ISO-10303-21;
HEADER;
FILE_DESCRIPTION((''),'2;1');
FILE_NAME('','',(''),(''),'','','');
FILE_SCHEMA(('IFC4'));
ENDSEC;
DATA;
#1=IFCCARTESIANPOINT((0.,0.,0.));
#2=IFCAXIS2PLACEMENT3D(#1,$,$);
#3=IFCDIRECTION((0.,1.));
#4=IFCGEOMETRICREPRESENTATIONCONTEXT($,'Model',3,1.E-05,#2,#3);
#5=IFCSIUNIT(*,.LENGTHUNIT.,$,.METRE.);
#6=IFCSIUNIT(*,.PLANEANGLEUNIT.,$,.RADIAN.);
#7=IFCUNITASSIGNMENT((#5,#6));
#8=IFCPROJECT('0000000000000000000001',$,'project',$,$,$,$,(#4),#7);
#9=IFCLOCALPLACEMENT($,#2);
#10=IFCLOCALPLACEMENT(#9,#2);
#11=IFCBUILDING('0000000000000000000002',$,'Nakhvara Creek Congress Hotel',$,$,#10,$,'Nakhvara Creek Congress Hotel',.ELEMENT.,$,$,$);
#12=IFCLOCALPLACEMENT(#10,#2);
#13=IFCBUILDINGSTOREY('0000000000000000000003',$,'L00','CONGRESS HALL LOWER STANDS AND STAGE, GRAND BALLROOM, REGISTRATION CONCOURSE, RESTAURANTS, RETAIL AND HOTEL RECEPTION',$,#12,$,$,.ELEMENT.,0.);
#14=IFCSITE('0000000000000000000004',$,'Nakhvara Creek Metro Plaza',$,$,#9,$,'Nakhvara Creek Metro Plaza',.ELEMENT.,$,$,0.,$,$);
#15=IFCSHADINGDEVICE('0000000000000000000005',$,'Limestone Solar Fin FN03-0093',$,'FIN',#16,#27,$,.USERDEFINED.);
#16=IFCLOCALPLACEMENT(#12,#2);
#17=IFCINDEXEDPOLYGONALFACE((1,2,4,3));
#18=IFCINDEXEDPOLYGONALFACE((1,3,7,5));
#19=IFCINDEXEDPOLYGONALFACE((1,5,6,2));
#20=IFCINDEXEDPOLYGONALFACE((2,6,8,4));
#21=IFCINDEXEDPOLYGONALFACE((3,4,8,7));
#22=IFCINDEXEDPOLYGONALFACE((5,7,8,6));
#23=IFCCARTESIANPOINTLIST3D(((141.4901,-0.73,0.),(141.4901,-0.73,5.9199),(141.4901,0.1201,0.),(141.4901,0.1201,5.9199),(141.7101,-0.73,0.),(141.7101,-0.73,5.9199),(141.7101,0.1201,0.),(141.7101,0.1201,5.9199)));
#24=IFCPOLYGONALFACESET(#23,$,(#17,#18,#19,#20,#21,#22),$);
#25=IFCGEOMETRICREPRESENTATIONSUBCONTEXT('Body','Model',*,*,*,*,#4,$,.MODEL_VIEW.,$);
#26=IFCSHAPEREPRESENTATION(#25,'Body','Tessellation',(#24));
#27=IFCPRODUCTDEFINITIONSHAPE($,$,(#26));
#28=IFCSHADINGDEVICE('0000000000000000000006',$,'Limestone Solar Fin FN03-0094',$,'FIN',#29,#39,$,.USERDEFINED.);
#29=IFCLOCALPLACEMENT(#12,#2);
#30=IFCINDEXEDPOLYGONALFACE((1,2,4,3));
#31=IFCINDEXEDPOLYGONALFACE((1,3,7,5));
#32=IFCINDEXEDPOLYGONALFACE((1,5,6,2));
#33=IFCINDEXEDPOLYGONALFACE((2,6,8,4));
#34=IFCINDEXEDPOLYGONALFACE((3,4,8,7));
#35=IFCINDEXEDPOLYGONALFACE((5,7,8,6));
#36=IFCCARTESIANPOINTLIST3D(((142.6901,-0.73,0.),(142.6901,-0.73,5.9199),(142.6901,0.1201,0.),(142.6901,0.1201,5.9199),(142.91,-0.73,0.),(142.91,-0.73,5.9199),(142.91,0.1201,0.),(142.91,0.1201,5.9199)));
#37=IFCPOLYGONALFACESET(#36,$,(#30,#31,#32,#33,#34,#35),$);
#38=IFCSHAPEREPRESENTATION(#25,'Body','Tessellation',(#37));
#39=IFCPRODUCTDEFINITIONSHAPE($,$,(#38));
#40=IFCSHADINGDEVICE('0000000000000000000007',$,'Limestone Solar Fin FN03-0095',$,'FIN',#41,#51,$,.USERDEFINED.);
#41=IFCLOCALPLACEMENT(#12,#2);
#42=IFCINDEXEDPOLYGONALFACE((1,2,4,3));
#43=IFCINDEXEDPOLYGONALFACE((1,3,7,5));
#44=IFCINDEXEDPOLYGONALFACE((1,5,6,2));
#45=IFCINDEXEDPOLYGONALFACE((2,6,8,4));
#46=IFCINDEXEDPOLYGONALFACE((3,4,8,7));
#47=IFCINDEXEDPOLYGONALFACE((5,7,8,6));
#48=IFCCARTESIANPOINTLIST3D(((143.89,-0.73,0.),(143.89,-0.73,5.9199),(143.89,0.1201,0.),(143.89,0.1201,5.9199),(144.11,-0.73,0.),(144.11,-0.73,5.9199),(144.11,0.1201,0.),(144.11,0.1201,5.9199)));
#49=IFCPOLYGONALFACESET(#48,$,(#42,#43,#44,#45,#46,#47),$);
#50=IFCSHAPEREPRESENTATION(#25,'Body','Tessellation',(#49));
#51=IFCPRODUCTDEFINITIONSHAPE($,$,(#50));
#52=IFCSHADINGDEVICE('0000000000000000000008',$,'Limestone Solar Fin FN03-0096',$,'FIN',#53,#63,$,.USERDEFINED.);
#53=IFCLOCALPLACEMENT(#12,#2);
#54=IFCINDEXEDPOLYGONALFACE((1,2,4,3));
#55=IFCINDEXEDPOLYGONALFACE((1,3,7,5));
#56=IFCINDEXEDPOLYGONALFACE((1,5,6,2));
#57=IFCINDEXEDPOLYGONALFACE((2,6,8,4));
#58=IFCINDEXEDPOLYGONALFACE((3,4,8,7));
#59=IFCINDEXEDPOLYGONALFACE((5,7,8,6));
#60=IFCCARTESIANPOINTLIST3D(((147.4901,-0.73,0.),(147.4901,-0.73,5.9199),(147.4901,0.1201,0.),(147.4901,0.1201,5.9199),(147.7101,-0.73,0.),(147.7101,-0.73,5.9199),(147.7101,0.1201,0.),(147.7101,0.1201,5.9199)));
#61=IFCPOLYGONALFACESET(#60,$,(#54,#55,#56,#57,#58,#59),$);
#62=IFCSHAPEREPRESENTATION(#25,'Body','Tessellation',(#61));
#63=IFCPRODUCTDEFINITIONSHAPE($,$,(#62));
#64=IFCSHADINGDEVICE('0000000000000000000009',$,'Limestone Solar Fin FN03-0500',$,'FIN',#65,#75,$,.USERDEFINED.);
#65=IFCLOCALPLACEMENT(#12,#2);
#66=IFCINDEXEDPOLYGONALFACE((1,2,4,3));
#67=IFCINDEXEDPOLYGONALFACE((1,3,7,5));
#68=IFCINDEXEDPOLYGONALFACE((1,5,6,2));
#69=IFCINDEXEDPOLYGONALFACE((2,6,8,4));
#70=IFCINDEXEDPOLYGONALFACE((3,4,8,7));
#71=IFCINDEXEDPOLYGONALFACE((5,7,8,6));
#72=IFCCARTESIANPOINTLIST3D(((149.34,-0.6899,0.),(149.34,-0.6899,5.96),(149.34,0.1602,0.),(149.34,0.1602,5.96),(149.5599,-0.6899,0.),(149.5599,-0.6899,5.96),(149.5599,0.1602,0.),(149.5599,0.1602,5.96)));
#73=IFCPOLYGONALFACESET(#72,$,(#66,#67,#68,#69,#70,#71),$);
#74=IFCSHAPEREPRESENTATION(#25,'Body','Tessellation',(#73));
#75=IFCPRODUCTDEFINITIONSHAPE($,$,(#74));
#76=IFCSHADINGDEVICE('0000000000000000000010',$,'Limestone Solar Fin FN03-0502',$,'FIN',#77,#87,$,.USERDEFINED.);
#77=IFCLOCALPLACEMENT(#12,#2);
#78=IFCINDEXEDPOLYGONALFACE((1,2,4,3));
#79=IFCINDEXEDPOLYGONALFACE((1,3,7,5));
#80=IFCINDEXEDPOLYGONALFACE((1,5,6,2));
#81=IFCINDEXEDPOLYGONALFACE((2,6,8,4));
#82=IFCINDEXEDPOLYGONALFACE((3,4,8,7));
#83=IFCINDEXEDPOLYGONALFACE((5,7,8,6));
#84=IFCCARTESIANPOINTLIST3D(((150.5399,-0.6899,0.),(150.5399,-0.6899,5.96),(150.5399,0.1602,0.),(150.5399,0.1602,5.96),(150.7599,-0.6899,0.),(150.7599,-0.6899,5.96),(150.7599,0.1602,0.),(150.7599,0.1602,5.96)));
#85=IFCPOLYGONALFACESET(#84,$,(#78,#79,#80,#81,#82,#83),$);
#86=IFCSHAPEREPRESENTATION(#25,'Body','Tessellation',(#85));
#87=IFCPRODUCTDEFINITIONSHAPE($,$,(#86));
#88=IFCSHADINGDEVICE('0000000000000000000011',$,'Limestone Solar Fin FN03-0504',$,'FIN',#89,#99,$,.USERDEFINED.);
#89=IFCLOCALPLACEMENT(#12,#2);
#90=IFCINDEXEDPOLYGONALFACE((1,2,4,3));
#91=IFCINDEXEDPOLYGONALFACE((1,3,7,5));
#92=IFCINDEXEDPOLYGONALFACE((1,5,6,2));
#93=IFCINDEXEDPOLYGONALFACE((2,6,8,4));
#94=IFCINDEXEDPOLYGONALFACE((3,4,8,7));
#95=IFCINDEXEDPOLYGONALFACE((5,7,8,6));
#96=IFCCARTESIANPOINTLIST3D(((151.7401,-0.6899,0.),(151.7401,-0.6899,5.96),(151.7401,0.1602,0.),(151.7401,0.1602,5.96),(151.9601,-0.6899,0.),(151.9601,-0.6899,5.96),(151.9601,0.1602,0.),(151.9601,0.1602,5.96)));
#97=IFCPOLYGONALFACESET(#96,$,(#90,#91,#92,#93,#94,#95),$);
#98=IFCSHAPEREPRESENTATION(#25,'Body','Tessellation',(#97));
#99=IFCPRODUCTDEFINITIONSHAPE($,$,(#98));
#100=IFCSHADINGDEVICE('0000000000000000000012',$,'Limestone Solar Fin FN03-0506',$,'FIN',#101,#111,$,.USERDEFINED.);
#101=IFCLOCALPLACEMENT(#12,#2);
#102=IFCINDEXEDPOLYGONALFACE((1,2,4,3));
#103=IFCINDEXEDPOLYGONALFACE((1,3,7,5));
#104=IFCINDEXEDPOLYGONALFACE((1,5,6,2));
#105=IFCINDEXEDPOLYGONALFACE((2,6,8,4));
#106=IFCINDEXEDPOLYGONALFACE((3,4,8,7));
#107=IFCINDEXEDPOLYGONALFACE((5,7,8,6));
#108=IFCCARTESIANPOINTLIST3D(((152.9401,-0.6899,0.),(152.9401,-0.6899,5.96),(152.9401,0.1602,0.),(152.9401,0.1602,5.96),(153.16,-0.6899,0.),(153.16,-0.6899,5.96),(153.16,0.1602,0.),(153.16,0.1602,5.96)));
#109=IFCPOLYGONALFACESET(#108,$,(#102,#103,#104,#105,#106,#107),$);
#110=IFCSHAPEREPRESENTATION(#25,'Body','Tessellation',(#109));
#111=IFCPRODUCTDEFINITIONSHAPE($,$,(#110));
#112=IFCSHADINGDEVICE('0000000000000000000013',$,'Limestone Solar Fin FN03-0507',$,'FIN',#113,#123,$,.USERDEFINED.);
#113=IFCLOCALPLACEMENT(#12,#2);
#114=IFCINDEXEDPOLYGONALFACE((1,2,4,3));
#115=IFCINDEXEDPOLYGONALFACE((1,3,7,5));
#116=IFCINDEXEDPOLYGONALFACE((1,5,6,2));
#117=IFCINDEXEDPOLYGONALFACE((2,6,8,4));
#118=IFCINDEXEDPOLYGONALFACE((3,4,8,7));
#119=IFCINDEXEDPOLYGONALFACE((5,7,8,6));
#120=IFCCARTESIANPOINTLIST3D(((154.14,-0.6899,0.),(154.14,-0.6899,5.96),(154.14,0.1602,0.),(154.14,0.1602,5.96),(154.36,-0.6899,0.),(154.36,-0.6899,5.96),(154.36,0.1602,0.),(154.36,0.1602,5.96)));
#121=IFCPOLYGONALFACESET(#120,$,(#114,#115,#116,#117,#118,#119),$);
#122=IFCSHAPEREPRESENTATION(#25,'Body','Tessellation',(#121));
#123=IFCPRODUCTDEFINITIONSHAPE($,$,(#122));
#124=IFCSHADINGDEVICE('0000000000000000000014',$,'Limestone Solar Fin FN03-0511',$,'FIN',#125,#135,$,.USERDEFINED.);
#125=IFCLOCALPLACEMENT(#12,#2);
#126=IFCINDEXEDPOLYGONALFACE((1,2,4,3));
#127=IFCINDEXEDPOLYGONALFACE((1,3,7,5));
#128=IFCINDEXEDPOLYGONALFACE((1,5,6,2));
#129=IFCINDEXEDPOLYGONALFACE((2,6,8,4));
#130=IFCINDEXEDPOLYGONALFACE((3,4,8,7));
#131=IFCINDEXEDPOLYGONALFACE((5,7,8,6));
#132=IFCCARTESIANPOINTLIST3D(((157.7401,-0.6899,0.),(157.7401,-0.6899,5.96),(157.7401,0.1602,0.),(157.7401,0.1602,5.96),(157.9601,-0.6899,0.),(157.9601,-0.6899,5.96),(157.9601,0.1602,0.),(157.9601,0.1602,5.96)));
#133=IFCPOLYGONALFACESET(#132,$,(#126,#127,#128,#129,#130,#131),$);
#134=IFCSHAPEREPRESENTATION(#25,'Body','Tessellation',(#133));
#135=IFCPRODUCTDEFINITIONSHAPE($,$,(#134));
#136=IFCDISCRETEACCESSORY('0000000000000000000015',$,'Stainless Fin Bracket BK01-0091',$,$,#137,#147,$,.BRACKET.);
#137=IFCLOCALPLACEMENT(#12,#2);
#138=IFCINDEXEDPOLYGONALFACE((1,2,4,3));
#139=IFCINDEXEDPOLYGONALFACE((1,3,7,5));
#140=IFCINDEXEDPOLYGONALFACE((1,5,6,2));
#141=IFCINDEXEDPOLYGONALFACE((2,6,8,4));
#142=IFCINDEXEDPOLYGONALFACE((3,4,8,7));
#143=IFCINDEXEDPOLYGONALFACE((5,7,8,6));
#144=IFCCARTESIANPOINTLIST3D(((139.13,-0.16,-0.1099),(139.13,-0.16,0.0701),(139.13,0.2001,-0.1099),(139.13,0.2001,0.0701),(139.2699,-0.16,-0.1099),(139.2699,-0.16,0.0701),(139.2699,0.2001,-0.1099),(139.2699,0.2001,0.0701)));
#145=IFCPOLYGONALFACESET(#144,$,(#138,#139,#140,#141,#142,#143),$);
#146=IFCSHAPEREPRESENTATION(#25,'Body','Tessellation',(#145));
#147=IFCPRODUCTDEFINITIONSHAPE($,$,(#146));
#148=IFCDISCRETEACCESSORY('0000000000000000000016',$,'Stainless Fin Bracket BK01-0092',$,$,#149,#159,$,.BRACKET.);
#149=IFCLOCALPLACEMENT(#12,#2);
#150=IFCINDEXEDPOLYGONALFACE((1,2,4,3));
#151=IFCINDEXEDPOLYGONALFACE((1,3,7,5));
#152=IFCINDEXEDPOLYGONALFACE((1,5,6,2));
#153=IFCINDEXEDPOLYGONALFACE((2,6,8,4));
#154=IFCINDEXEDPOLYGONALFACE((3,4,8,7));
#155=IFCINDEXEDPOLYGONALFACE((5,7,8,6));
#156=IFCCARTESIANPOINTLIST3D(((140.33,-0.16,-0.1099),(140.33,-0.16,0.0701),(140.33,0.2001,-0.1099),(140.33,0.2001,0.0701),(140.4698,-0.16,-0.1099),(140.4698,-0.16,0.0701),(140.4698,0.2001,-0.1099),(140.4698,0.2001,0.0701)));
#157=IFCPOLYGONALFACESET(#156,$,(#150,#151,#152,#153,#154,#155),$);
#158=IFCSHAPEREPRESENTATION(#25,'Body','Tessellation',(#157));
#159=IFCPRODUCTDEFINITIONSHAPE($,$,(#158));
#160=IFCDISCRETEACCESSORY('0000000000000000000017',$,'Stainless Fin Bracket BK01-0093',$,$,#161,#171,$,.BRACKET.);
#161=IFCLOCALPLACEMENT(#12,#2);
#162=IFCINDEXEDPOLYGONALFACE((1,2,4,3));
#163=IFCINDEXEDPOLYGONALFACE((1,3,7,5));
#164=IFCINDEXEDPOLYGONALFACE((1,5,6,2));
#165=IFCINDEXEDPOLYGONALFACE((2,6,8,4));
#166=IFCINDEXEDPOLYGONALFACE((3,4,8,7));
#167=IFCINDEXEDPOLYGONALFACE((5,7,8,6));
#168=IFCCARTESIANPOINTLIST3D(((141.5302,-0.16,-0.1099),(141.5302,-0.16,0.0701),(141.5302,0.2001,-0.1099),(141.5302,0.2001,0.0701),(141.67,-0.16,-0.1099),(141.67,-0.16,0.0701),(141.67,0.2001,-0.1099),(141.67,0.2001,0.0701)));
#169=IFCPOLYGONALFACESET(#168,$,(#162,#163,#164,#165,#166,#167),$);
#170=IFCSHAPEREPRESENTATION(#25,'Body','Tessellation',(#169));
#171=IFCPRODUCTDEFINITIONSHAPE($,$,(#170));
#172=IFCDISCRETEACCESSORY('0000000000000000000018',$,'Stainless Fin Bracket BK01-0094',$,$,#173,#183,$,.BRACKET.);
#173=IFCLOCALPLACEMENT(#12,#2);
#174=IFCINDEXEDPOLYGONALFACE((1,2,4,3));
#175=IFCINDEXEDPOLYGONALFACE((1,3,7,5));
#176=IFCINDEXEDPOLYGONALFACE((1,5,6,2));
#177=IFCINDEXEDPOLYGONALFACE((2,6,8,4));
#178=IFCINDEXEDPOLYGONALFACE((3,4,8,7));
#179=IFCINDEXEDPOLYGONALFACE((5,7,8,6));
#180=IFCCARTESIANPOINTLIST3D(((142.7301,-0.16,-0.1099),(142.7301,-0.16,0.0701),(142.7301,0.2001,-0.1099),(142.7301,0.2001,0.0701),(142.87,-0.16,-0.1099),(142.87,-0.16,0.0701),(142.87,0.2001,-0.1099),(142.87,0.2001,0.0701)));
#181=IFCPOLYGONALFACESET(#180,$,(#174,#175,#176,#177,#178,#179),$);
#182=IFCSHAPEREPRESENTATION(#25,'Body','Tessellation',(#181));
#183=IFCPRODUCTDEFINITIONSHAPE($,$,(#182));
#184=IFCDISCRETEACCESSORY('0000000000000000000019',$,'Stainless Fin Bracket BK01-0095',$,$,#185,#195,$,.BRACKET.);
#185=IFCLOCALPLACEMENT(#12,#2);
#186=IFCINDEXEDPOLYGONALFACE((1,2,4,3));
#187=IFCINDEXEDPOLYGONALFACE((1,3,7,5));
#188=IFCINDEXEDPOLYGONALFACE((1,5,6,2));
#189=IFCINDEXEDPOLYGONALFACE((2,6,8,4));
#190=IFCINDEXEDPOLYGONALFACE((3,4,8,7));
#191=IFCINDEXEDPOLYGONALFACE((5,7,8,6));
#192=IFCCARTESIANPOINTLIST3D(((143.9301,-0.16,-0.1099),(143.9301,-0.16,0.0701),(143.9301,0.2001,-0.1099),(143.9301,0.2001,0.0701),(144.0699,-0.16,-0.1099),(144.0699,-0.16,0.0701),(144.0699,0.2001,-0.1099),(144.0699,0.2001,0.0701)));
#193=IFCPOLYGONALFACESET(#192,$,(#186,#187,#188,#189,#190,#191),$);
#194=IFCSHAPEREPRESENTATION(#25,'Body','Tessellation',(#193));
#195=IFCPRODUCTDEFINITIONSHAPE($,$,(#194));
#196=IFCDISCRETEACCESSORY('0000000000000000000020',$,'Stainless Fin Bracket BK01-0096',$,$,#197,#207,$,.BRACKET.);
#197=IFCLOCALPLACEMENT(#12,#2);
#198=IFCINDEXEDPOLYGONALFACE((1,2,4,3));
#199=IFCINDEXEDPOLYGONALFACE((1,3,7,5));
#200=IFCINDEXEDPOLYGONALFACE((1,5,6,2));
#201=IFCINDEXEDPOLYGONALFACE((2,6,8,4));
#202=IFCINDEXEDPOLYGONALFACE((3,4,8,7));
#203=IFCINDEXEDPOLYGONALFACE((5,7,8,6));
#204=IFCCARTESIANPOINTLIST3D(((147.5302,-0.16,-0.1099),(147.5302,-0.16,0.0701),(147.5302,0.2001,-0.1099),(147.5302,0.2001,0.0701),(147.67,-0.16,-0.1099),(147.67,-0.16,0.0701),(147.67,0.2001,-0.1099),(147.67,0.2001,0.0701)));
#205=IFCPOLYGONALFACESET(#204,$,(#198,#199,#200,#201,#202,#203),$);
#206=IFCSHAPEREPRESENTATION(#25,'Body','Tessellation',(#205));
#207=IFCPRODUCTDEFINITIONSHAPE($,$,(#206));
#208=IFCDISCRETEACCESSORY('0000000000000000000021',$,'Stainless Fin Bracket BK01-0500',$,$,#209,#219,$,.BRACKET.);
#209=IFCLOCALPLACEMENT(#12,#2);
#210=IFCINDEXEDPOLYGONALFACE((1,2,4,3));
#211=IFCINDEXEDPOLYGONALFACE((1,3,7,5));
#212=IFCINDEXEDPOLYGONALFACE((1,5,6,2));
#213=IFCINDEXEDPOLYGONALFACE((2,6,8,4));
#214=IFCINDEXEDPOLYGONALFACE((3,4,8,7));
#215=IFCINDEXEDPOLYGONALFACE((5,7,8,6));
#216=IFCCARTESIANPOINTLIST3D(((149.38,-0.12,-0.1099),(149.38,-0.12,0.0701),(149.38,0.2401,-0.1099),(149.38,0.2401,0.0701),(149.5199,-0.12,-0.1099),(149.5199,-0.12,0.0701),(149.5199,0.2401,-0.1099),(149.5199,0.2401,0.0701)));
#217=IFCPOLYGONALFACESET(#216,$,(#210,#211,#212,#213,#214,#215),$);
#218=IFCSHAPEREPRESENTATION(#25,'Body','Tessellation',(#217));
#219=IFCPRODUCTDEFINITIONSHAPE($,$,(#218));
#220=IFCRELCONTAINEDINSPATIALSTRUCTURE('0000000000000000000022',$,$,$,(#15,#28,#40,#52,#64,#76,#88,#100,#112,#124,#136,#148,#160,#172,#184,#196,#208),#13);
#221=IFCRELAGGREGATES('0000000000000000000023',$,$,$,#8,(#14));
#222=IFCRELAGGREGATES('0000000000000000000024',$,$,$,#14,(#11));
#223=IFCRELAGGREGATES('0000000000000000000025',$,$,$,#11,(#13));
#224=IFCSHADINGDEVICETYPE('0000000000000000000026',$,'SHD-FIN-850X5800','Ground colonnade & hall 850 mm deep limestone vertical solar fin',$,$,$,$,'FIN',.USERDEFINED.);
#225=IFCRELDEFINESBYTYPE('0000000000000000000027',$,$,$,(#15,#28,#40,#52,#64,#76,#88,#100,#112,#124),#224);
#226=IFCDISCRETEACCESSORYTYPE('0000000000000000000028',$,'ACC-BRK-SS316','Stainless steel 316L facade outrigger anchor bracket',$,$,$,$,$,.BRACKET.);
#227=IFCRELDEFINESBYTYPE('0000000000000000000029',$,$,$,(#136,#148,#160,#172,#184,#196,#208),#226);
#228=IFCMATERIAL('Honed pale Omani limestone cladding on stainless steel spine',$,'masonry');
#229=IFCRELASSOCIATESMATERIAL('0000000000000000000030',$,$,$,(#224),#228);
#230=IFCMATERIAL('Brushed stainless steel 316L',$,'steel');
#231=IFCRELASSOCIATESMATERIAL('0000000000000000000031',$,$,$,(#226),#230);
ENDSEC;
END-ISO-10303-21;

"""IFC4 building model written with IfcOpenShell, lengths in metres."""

from ifc_helpers import new_model, si_unit, direction, frame, origin, origin_2d, place, context, subcontext, project, spatial, rectangle, extrude, material, type_object, element, save


model = new_model("IFC4")

# Units and contexts
model_context = context("Model", 3, precision=1e-05, world=origin(), true_north=direction((0.0, 1.0)))
body_context = subcontext(model_context, "Body", "Model", "MODEL_VIEW")
ifc_project = project(units=[si_unit("LENGTHUNIT", "METRE"), si_unit("PLANEANGLEUNIT", "RADIAN")], contexts=[model_context])

# Site, building, storey
site_placement = place(None, origin())
site = spatial("IfcSite", under=ifc_project, at=site_placement, Name="Nakhvara Creek Metro Plaza", LongName="Nakhvara Creek Metro Plaza", CompositionType="ELEMENT", RefElevation=0.0)
building_placement = place(site_placement, origin())
building = spatial("IfcBuilding", under=site, at=building_placement, Name="Nakhvara Creek Congress Hotel", LongName="Nakhvara Creek Congress Hotel", CompositionType="ELEMENT")
storey_placement = place(building_placement, origin())
storey = spatial("IfcBuildingStorey", under=building, at=storey_placement, Name="L00", Description="CONGRESS HALL LOWER STANDS AND STAGE, GRAND BALLROOM, REGISTRATION CONCOURSE, RESTAURANTS, RETAIL AND HOTEL RECEPTION", CompositionType="ELEMENT", Elevation=0.0)

# Shading devices
ifc_material_1 = material(Name="Honed pale Omani limestone cladding on stainless steel spine", Category="masonry")
shading_device_type = type_object("IfcShadingDeviceType", Name="SHD-FIN-850X5800", Description="Ground colonnade & hall 850 mm deep limestone vertical solar fin", ElementType="FIN", PredefinedType="USERDEFINED", material=ifc_material_1)
for number, where, z_axis, x_axis, name in (
    (1, (141.6001, -0.3049, 0.0), (0.0, 0.0, 1.0), (1.0, 0.0, 0.0), "Limestone Solar Fin FN03-0093"),
    (2, (142.8, -0.3049, 0.0), (0.0, 0.0, 1.0), (1.0, 0.0, 0.0), "Limestone Solar Fin FN03-0094"),
    (3, (144.0, -0.3049, 0.0), (0.0, 0.0, 1.0), (1.0, 0.0, 0.0), "Limestone Solar Fin FN03-0095"),
    (4, (147.6001, -0.3049, 0.0), (0.0, 0.0, 1.0), (1.0, 0.0, 0.0), "Limestone Solar Fin FN03-0096"),
):
    element("IfcShadingDevice", number, at=place(storey_placement, frame(where, z_axis=z_axis, x_axis=x_axis)), inside=storey, type_object=shading_device_type, Name=name, ObjectType="FIN", PredefinedType="USERDEFINED", context=body_context, shape_type="SweptSolid", body=[
        extrude(rectangle(XDim=0.22, YDim=0.8501, at=origin_2d()), origin(), (0.0, 0.0, 1.0), 5.9199),
    ])
for number, where, z_axis, x_axis, name in (
    (5, (149.45, -0.2649, 0.0), (0.0, 0.0, 1.0), (1.0, 0.0, 0.0), "Limestone Solar Fin FN03-0500"),
    (6, (150.6499, -0.2649, 0.0), (0.0, 0.0, 1.0), (1.0, 0.0, 0.0), "Limestone Solar Fin FN03-0502"),
    (7, (151.8501, -0.2649, 0.0), (0.0, 0.0, 1.0), (1.0, 0.0, 0.0), "Limestone Solar Fin FN03-0504"),
    (8, (153.05, -0.2649, 0.0), (0.0, 0.0, 1.0), (1.0, 0.0, 0.0), "Limestone Solar Fin FN03-0506"),
    (9, (154.25, -0.2649, 0.0), (0.0, 0.0, 1.0), (1.0, 0.0, 0.0), "Limestone Solar Fin FN03-0507"),
    (10, (157.8501, -0.2649, 0.0), (0.0, 0.0, 1.0), (1.0, 0.0, 0.0), "Limestone Solar Fin FN03-0511"),
):
    element("IfcShadingDevice", number, at=place(storey_placement, frame(where, z_axis=z_axis, x_axis=x_axis)), inside=storey, type_object=shading_device_type, Name=name, ObjectType="FIN", PredefinedType="USERDEFINED", context=body_context, shape_type="SweptSolid", body=[
        extrude(rectangle(XDim=0.22, YDim=0.8501, at=origin_2d()), origin(), (0.0, 0.0, 1.0), 5.96),
    ])

# Discrete accessories
ifc_material_2 = material(Name="Brushed stainless steel 316L", Category="steel")
discrete_accessory_type = type_object("IfcDiscreteAccessoryType", Name="ACC-BRK-SS316", Description="Stainless steel 316L facade outrigger anchor bracket", PredefinedType="BRACKET", material=ifc_material_2)
for number, where, z_axis, x_axis, name in (
    (11, (139.2, 0.02, -0.1099), (0.0, 0.0, 1.0), (1.0, 0.0, 0.0), "Stainless Fin Bracket BK01-0091"),
    (12, (140.3999, 0.02, -0.1099), (0.0, 0.0, 1.0), (1.0, 0.0, 0.0), "Stainless Fin Bracket BK01-0092"),
    (13, (141.6001, 0.02, -0.1099), (0.0, 0.0, 1.0), (1.0, 0.0, 0.0), "Stainless Fin Bracket BK01-0093"),
    (14, (142.8, 0.02, -0.1099), (0.0, 0.0, 1.0), (1.0, 0.0, 0.0), "Stainless Fin Bracket BK01-0094"),
    (15, (144.0, 0.02, -0.1099), (0.0, 0.0, 1.0), (1.0, 0.0, 0.0), "Stainless Fin Bracket BK01-0095"),
    (16, (147.6001, 0.02, -0.1099), (0.0, 0.0, 1.0), (1.0, 0.0, 0.0), "Stainless Fin Bracket BK01-0096"),
    (17, (149.45, 0.0601, -0.1099), (0.0, 0.0, 1.0), (1.0, 0.0, 0.0), "Stainless Fin Bracket BK01-0500"),
):
    element("IfcDiscreteAccessory", number, at=place(storey_placement, frame(where, z_axis=z_axis, x_axis=x_axis)), inside=storey, type_object=discrete_accessory_type, Name=name, PredefinedType="BRACKET", context=body_context, shape_type="SweptSolid", body=[
        extrude(rectangle(XDim=0.1399, YDim=0.3601, at=origin_2d()), origin(), (0.0, 0.0, 1.0), 0.1799),
    ])

save(model, "model.ifc")
